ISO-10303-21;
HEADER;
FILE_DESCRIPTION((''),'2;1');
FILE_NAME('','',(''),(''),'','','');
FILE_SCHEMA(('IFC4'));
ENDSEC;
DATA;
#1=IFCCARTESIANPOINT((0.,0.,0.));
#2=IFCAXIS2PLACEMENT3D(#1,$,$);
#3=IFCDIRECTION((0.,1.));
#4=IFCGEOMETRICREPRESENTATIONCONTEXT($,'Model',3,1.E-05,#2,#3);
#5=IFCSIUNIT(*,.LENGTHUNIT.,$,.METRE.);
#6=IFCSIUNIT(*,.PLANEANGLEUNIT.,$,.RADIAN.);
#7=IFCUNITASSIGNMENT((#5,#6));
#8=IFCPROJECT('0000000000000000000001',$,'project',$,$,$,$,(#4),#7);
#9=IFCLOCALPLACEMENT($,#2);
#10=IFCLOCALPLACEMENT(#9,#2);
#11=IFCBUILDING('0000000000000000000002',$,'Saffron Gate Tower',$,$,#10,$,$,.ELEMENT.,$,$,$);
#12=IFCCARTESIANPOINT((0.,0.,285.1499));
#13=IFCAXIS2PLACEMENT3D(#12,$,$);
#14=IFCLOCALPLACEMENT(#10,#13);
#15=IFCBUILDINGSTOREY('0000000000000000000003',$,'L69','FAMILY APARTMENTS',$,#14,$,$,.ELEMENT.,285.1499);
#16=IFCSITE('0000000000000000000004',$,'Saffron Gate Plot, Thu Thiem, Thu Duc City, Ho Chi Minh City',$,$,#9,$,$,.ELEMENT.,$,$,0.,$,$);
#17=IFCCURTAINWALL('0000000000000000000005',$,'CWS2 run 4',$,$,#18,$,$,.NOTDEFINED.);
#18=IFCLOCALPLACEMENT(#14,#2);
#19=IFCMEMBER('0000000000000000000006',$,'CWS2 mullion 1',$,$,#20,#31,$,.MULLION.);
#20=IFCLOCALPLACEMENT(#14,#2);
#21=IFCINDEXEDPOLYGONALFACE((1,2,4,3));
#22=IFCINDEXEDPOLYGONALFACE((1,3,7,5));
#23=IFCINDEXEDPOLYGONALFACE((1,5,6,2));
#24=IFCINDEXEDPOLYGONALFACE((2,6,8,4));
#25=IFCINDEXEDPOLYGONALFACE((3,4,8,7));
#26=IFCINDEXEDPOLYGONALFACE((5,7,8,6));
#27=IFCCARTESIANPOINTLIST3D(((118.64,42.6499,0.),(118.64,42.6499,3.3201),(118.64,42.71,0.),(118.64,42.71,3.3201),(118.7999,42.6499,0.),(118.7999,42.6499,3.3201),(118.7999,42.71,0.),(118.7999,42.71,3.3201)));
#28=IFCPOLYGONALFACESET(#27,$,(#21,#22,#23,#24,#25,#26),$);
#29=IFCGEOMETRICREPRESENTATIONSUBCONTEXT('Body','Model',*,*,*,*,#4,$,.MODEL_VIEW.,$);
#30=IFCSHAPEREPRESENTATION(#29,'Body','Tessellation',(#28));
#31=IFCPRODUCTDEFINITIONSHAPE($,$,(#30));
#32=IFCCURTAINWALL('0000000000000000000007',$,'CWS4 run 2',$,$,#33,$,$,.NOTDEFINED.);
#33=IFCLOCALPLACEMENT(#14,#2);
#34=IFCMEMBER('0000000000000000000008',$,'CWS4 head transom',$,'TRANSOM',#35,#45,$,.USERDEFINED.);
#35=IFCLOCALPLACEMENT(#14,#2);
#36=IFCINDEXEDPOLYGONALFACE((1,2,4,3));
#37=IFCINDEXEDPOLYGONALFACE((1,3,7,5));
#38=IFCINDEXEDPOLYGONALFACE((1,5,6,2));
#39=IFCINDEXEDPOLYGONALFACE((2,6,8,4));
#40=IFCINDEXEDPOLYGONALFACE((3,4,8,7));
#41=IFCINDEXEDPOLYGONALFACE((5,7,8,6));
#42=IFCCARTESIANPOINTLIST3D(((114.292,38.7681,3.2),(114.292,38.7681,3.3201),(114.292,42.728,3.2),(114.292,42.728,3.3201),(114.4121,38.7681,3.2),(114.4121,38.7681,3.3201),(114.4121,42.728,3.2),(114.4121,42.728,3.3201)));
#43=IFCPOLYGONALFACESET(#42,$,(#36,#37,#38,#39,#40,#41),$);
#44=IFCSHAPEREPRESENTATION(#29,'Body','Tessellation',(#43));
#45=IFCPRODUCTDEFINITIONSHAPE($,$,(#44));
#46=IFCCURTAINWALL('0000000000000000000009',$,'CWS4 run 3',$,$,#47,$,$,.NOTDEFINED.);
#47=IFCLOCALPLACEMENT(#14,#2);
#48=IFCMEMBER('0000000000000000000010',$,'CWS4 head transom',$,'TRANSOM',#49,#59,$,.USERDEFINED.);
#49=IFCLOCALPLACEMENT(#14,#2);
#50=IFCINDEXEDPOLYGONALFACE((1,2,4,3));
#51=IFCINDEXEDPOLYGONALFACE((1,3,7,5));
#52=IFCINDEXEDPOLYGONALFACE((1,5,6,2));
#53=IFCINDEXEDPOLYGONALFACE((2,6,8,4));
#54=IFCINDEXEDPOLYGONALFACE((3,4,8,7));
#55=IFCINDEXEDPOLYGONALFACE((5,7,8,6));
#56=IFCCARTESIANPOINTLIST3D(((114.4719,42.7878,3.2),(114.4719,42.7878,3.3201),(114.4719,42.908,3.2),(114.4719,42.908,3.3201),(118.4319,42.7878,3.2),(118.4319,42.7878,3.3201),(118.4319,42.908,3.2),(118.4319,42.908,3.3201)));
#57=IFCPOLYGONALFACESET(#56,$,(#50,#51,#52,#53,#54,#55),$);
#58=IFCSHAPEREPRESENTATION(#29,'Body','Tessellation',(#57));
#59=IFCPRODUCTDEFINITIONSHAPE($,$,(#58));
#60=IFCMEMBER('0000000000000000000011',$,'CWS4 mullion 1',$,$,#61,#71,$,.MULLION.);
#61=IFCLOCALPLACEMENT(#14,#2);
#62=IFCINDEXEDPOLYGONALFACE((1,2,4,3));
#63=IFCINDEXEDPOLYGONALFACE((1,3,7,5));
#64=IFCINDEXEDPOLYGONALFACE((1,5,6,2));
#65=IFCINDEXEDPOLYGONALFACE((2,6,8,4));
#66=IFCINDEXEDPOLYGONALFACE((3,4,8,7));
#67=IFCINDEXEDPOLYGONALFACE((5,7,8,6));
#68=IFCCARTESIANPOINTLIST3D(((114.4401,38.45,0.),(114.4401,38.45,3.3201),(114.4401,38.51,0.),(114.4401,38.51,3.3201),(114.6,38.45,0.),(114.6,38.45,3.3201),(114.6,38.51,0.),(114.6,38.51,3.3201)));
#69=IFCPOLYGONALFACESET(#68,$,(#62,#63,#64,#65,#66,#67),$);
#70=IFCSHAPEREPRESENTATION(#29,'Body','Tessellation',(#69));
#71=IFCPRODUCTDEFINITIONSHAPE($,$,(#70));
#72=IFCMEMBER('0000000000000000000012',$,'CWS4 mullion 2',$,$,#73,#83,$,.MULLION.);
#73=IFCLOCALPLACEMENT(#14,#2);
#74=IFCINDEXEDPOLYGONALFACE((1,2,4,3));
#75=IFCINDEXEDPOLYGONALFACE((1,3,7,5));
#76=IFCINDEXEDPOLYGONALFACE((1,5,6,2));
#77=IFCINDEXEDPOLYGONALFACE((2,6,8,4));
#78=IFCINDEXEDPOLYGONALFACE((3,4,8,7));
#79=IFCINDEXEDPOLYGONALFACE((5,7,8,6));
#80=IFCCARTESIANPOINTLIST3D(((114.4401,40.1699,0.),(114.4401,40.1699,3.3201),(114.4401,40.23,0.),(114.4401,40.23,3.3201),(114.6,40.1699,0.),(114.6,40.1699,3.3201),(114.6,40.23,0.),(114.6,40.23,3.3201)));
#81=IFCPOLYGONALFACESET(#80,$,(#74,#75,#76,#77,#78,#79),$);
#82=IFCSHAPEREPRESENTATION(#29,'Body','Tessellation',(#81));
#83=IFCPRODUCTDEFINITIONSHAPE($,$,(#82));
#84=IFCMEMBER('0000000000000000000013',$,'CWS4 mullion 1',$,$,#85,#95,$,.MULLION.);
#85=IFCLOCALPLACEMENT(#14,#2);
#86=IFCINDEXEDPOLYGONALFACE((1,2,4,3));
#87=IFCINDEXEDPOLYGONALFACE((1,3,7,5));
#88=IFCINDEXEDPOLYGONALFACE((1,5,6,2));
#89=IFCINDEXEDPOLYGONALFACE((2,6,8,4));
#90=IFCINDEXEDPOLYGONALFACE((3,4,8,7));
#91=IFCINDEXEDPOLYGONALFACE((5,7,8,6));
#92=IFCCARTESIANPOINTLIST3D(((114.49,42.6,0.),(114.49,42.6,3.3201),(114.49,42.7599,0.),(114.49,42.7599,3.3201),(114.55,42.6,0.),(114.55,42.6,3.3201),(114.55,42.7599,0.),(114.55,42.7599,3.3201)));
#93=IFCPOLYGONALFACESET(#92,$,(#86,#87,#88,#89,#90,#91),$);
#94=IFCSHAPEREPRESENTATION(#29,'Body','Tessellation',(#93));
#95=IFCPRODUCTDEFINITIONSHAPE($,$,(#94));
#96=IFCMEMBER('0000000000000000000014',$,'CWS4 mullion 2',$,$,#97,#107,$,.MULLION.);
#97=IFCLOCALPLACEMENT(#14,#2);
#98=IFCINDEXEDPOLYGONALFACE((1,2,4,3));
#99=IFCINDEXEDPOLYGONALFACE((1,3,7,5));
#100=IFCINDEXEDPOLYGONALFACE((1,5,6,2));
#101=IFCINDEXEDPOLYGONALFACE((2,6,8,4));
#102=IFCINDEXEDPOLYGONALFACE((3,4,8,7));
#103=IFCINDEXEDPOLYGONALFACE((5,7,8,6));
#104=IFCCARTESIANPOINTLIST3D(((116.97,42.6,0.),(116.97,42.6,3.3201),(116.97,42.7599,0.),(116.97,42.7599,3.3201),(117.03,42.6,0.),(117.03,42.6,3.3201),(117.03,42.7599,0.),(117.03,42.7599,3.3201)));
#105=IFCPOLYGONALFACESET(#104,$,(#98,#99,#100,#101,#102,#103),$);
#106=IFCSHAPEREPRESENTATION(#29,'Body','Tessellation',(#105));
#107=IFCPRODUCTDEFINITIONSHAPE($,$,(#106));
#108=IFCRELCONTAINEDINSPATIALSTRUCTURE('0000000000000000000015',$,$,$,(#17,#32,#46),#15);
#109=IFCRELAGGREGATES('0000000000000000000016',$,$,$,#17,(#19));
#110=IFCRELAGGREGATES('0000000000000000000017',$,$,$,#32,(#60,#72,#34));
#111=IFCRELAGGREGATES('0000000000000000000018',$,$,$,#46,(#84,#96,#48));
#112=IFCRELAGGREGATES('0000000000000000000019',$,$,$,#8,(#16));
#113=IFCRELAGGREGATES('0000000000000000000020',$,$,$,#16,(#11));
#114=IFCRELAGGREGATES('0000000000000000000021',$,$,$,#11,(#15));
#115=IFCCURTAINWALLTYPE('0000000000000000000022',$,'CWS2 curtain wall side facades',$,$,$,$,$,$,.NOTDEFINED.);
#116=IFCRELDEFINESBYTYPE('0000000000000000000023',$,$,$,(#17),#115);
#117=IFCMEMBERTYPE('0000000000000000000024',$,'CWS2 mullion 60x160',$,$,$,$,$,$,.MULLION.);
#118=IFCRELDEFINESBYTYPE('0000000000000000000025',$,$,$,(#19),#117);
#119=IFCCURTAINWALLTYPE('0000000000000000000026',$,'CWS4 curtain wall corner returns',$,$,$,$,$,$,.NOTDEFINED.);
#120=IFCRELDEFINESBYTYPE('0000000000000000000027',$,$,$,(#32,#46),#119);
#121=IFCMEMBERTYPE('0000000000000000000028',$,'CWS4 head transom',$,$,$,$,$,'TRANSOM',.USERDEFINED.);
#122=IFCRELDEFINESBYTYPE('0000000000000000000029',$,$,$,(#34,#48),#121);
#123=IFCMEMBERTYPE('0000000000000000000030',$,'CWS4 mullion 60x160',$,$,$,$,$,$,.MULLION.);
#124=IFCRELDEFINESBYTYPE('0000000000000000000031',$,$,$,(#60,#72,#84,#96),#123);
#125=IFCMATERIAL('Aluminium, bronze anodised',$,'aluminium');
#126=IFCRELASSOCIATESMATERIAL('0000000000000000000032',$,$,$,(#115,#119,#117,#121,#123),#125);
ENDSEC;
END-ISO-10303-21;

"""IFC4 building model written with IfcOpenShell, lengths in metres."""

from ifc_helpers import new_model, si_unit, direction, frame, origin, origin_2d, place, context, subcontext, project, spatial, rectangle, extrude, material, material_profile, profile_set, type_object, element, aggregate, save


model = new_model("IFC4")

# Units and contexts
model_context = context("Model", 3, precision=1e-05, world=origin(), true_north=direction((0.0, 1.0)))
body_context = subcontext(model_context, "Body", "Model", "MODEL_VIEW")
ifc_project = project(units=[si_unit("LENGTHUNIT", "METRE"), si_unit("PLANEANGLEUNIT", "RADIAN")], contexts=[model_context])

# Site, building, storey
site_placement = place(None, origin())
site = spatial("IfcSite", under=ifc_project, at=site_placement, Name="Saffron Gate Plot, Thu Thiem, Thu Duc City, Ho Chi Minh City", CompositionType="ELEMENT", RefElevation=0.0)
building_placement = place(site_placement, origin())
building = spatial("IfcBuilding", under=site, at=building_placement, Name="Saffron Gate Tower", CompositionType="ELEMENT")
storey_placement = place(building_placement, frame((0.0, 0.0, 285.1499)))
storey = spatial("IfcBuildingStorey", under=building, at=storey_placement, Name="L69", Description="FAMILY APARTMENTS", CompositionType="ELEMENT", Elevation=285.1499)

# Shared definitions
ifc_material_1 = material(Name="Aluminium, bronze anodised", Category="aluminium")

# Curtain wall, member
curtain_wall_type_1 = type_object("IfcCurtainWallType", Name="CWS2 curtain wall side facades", PredefinedType="NOTDEFINED", material=ifc_material_1)
curtain_wall_1_placement = place(storey_placement, origin())
curtain_wall_1 = element("IfcCurtainWall", 1, at=curtain_wall_1_placement, inside=storey, type_object=curtain_wall_type_1, Name="CWS2 run 4", PredefinedType="NOTDEFINED")
ifc_material_profile_1 = material_profile(ifc_material_1, rectangle(XDim=0.1599, YDim=0.0601, at=origin_2d()))
ifc_profile_set_1 = profile_set([ifc_material_profile_1], Name="Aluminium, bronze anodised")
member_type_1 = type_object("IfcMemberType", Name="CWS2 mullion 60x160", PredefinedType="MULLION", material=ifc_profile_set_1)
member_1_placement = place(storey_placement, frame((118.72, 42.6799, 0.0), z_axis=(0.0, 0.0, 1.0), x_axis=(-1.0, 0.0, 0.0)))
member_1 = element("IfcMember", 2, at=member_1_placement, type_object=member_type_1, Name="CWS2 mullion 1", PredefinedType="MULLION", context=body_context, shape_type="SweptSolid", body=[
    extrude(rectangle(XDim=0.1599, YDim=0.0601, at=origin_2d()), origin(), (0.0, 0.0, 1.0), 3.3201),
])

# Curtain walls, members
curtain_wall_type_2 = type_object("IfcCurtainWallType", Name="CWS4 curtain wall corner returns", PredefinedType="NOTDEFINED", material=ifc_material_1)
curtain_wall_2_placement = place(storey_placement, origin())
curtain_wall_2 = element("IfcCurtainWall", 3, at=curtain_wall_2_placement, inside=storey, type_object=curtain_wall_type_2, Name="CWS4 run 2", PredefinedType="NOTDEFINED")
ifc_material_profile_2 = material_profile(ifc_material_1, rectangle(XDim=0.1201, YDim=0.1201, at=origin_2d()))
ifc_profile_set_2 = profile_set([ifc_material_profile_2], Name="Aluminium, bronze anodised")
member_type_2 = type_object("IfcMemberType", Name="CWS4 head transom", ElementType="TRANSOM", PredefinedType="USERDEFINED", material=ifc_profile_set_2)
member_2_placement = place(storey_placement, frame((114.3521, 38.7681, 3.26), z_axis=(0.0, 1.0, 0.0), x_axis=(-1.0, 0.0, 0.0)))
member_2 = element("IfcMember", 4, at=member_2_placement, type_object=member_type_2, Name="CWS4 head transom", ObjectType="TRANSOM", PredefinedType="USERDEFINED", context=body_context, shape_type="SweptSolid", body=[
    extrude(rectangle(XDim=0.1201, YDim=0.1201, at=origin_2d()), origin(), (0.0, 0.0, 1.0), 3.96),
])
curtain_wall_3_placement = place(storey_placement, origin())
curtain_wall_3 = element("IfcCurtainWall", 5, at=curtain_wall_3_placement, inside=storey, type_object=curtain_wall_type_2, Name="CWS4 run 3", PredefinedType="NOTDEFINED")
member_3_placement = place(storey_placement, frame((114.4719, 42.8479, 3.26), z_axis=(1.0, 0.0, 0.0), x_axis=(0.0, 1.0, 0.0)))
member_3 = element("IfcMember", 6, at=member_3_placement, type_object=member_type_2, Name="CWS4 head transom", ObjectType="TRANSOM", PredefinedType="USERDEFINED", context=body_context, shape_type="SweptSolid", body=[
    extrude(rectangle(XDim=0.1201, YDim=0.1201, at=origin_2d()), origin(), (0.0, 0.0, 1.0), 3.96),
])

# Members
ifc_material_profile_3 = material_profile(ifc_material_1, rectangle(XDim=0.1599, YDim=0.0601, at=origin_2d()))
ifc_profile_set_3 = profile_set([ifc_material_profile_3], Name="Aluminium, bronze anodised")
member_type_3 = type_object("IfcMemberType", Name="CWS4 mullion 60x160", PredefinedType="MULLION", material=ifc_profile_set_3)
member_4_placement = place(storey_placement, frame((114.52, 38.48, 0.0), z_axis=(0.0, 0.0, 1.0), x_axis=(-1.0, 0.0, 0.0)))
member_4 = element("IfcMember", 7, at=member_4_placement, type_object=member_type_3, Name="CWS4 mullion 1", PredefinedType="MULLION", context=body_context, shape_type="SweptSolid", body=[
    extrude(rectangle(XDim=0.1599, YDim=0.0601, at=origin_2d()), origin(), (0.0, 0.0, 1.0), 3.3201),
])
member_5_placement = place(storey_placement, frame((114.52, 40.2, 0.0), z_axis=(0.0, 0.0, 1.0), x_axis=(-1.0, 0.0, 0.0)))
member_5 = element("IfcMember", 8, at=member_5_placement, type_object=member_type_3, Name="CWS4 mullion 2", PredefinedType="MULLION", context=body_context, shape_type="SweptSolid", body=[
    extrude(rectangle(XDim=0.1599, YDim=0.0601, at=origin_2d()), origin(), (0.0, 0.0, 1.0), 3.3201),
])
member_6_placement = place(storey_placement, frame((114.52, 42.6799, 0.0), z_axis=(0.0, 0.0, 1.0), x_axis=(0.0, 1.0, 0.0)))
member_6 = element("IfcMember", 9, at=member_6_placement, type_object=member_type_3, Name="CWS4 mullion 1", PredefinedType="MULLION", context=body_context, shape_type="SweptSolid", body=[
    extrude(rectangle(XDim=0.1599, YDim=0.0601, at=origin_2d()), origin(), (0.0, 0.0, 1.0), 3.3201),
])
member_7_placement = place(storey_placement, frame((117.0, 42.6799, 0.0), z_axis=(0.0, 0.0, 1.0), x_axis=(0.0, 1.0, 0.0)))
member_7 = element("IfcMember", 10, at=member_7_placement, type_object=member_type_3, Name="CWS4 mullion 2", PredefinedType="MULLION", context=body_context, shape_type="SweptSolid", body=[
    extrude(rectangle(XDim=0.1599, YDim=0.0601, at=origin_2d()), origin(), (0.0, 0.0, 1.0), 3.3201),
])

aggregate(curtain_wall_1, [member_1])

aggregate(curtain_wall_2, [member_4, member_5, member_2])
aggregate(curtain_wall_3, [member_6, member_7, member_3])

save(model, "model.ifc")
